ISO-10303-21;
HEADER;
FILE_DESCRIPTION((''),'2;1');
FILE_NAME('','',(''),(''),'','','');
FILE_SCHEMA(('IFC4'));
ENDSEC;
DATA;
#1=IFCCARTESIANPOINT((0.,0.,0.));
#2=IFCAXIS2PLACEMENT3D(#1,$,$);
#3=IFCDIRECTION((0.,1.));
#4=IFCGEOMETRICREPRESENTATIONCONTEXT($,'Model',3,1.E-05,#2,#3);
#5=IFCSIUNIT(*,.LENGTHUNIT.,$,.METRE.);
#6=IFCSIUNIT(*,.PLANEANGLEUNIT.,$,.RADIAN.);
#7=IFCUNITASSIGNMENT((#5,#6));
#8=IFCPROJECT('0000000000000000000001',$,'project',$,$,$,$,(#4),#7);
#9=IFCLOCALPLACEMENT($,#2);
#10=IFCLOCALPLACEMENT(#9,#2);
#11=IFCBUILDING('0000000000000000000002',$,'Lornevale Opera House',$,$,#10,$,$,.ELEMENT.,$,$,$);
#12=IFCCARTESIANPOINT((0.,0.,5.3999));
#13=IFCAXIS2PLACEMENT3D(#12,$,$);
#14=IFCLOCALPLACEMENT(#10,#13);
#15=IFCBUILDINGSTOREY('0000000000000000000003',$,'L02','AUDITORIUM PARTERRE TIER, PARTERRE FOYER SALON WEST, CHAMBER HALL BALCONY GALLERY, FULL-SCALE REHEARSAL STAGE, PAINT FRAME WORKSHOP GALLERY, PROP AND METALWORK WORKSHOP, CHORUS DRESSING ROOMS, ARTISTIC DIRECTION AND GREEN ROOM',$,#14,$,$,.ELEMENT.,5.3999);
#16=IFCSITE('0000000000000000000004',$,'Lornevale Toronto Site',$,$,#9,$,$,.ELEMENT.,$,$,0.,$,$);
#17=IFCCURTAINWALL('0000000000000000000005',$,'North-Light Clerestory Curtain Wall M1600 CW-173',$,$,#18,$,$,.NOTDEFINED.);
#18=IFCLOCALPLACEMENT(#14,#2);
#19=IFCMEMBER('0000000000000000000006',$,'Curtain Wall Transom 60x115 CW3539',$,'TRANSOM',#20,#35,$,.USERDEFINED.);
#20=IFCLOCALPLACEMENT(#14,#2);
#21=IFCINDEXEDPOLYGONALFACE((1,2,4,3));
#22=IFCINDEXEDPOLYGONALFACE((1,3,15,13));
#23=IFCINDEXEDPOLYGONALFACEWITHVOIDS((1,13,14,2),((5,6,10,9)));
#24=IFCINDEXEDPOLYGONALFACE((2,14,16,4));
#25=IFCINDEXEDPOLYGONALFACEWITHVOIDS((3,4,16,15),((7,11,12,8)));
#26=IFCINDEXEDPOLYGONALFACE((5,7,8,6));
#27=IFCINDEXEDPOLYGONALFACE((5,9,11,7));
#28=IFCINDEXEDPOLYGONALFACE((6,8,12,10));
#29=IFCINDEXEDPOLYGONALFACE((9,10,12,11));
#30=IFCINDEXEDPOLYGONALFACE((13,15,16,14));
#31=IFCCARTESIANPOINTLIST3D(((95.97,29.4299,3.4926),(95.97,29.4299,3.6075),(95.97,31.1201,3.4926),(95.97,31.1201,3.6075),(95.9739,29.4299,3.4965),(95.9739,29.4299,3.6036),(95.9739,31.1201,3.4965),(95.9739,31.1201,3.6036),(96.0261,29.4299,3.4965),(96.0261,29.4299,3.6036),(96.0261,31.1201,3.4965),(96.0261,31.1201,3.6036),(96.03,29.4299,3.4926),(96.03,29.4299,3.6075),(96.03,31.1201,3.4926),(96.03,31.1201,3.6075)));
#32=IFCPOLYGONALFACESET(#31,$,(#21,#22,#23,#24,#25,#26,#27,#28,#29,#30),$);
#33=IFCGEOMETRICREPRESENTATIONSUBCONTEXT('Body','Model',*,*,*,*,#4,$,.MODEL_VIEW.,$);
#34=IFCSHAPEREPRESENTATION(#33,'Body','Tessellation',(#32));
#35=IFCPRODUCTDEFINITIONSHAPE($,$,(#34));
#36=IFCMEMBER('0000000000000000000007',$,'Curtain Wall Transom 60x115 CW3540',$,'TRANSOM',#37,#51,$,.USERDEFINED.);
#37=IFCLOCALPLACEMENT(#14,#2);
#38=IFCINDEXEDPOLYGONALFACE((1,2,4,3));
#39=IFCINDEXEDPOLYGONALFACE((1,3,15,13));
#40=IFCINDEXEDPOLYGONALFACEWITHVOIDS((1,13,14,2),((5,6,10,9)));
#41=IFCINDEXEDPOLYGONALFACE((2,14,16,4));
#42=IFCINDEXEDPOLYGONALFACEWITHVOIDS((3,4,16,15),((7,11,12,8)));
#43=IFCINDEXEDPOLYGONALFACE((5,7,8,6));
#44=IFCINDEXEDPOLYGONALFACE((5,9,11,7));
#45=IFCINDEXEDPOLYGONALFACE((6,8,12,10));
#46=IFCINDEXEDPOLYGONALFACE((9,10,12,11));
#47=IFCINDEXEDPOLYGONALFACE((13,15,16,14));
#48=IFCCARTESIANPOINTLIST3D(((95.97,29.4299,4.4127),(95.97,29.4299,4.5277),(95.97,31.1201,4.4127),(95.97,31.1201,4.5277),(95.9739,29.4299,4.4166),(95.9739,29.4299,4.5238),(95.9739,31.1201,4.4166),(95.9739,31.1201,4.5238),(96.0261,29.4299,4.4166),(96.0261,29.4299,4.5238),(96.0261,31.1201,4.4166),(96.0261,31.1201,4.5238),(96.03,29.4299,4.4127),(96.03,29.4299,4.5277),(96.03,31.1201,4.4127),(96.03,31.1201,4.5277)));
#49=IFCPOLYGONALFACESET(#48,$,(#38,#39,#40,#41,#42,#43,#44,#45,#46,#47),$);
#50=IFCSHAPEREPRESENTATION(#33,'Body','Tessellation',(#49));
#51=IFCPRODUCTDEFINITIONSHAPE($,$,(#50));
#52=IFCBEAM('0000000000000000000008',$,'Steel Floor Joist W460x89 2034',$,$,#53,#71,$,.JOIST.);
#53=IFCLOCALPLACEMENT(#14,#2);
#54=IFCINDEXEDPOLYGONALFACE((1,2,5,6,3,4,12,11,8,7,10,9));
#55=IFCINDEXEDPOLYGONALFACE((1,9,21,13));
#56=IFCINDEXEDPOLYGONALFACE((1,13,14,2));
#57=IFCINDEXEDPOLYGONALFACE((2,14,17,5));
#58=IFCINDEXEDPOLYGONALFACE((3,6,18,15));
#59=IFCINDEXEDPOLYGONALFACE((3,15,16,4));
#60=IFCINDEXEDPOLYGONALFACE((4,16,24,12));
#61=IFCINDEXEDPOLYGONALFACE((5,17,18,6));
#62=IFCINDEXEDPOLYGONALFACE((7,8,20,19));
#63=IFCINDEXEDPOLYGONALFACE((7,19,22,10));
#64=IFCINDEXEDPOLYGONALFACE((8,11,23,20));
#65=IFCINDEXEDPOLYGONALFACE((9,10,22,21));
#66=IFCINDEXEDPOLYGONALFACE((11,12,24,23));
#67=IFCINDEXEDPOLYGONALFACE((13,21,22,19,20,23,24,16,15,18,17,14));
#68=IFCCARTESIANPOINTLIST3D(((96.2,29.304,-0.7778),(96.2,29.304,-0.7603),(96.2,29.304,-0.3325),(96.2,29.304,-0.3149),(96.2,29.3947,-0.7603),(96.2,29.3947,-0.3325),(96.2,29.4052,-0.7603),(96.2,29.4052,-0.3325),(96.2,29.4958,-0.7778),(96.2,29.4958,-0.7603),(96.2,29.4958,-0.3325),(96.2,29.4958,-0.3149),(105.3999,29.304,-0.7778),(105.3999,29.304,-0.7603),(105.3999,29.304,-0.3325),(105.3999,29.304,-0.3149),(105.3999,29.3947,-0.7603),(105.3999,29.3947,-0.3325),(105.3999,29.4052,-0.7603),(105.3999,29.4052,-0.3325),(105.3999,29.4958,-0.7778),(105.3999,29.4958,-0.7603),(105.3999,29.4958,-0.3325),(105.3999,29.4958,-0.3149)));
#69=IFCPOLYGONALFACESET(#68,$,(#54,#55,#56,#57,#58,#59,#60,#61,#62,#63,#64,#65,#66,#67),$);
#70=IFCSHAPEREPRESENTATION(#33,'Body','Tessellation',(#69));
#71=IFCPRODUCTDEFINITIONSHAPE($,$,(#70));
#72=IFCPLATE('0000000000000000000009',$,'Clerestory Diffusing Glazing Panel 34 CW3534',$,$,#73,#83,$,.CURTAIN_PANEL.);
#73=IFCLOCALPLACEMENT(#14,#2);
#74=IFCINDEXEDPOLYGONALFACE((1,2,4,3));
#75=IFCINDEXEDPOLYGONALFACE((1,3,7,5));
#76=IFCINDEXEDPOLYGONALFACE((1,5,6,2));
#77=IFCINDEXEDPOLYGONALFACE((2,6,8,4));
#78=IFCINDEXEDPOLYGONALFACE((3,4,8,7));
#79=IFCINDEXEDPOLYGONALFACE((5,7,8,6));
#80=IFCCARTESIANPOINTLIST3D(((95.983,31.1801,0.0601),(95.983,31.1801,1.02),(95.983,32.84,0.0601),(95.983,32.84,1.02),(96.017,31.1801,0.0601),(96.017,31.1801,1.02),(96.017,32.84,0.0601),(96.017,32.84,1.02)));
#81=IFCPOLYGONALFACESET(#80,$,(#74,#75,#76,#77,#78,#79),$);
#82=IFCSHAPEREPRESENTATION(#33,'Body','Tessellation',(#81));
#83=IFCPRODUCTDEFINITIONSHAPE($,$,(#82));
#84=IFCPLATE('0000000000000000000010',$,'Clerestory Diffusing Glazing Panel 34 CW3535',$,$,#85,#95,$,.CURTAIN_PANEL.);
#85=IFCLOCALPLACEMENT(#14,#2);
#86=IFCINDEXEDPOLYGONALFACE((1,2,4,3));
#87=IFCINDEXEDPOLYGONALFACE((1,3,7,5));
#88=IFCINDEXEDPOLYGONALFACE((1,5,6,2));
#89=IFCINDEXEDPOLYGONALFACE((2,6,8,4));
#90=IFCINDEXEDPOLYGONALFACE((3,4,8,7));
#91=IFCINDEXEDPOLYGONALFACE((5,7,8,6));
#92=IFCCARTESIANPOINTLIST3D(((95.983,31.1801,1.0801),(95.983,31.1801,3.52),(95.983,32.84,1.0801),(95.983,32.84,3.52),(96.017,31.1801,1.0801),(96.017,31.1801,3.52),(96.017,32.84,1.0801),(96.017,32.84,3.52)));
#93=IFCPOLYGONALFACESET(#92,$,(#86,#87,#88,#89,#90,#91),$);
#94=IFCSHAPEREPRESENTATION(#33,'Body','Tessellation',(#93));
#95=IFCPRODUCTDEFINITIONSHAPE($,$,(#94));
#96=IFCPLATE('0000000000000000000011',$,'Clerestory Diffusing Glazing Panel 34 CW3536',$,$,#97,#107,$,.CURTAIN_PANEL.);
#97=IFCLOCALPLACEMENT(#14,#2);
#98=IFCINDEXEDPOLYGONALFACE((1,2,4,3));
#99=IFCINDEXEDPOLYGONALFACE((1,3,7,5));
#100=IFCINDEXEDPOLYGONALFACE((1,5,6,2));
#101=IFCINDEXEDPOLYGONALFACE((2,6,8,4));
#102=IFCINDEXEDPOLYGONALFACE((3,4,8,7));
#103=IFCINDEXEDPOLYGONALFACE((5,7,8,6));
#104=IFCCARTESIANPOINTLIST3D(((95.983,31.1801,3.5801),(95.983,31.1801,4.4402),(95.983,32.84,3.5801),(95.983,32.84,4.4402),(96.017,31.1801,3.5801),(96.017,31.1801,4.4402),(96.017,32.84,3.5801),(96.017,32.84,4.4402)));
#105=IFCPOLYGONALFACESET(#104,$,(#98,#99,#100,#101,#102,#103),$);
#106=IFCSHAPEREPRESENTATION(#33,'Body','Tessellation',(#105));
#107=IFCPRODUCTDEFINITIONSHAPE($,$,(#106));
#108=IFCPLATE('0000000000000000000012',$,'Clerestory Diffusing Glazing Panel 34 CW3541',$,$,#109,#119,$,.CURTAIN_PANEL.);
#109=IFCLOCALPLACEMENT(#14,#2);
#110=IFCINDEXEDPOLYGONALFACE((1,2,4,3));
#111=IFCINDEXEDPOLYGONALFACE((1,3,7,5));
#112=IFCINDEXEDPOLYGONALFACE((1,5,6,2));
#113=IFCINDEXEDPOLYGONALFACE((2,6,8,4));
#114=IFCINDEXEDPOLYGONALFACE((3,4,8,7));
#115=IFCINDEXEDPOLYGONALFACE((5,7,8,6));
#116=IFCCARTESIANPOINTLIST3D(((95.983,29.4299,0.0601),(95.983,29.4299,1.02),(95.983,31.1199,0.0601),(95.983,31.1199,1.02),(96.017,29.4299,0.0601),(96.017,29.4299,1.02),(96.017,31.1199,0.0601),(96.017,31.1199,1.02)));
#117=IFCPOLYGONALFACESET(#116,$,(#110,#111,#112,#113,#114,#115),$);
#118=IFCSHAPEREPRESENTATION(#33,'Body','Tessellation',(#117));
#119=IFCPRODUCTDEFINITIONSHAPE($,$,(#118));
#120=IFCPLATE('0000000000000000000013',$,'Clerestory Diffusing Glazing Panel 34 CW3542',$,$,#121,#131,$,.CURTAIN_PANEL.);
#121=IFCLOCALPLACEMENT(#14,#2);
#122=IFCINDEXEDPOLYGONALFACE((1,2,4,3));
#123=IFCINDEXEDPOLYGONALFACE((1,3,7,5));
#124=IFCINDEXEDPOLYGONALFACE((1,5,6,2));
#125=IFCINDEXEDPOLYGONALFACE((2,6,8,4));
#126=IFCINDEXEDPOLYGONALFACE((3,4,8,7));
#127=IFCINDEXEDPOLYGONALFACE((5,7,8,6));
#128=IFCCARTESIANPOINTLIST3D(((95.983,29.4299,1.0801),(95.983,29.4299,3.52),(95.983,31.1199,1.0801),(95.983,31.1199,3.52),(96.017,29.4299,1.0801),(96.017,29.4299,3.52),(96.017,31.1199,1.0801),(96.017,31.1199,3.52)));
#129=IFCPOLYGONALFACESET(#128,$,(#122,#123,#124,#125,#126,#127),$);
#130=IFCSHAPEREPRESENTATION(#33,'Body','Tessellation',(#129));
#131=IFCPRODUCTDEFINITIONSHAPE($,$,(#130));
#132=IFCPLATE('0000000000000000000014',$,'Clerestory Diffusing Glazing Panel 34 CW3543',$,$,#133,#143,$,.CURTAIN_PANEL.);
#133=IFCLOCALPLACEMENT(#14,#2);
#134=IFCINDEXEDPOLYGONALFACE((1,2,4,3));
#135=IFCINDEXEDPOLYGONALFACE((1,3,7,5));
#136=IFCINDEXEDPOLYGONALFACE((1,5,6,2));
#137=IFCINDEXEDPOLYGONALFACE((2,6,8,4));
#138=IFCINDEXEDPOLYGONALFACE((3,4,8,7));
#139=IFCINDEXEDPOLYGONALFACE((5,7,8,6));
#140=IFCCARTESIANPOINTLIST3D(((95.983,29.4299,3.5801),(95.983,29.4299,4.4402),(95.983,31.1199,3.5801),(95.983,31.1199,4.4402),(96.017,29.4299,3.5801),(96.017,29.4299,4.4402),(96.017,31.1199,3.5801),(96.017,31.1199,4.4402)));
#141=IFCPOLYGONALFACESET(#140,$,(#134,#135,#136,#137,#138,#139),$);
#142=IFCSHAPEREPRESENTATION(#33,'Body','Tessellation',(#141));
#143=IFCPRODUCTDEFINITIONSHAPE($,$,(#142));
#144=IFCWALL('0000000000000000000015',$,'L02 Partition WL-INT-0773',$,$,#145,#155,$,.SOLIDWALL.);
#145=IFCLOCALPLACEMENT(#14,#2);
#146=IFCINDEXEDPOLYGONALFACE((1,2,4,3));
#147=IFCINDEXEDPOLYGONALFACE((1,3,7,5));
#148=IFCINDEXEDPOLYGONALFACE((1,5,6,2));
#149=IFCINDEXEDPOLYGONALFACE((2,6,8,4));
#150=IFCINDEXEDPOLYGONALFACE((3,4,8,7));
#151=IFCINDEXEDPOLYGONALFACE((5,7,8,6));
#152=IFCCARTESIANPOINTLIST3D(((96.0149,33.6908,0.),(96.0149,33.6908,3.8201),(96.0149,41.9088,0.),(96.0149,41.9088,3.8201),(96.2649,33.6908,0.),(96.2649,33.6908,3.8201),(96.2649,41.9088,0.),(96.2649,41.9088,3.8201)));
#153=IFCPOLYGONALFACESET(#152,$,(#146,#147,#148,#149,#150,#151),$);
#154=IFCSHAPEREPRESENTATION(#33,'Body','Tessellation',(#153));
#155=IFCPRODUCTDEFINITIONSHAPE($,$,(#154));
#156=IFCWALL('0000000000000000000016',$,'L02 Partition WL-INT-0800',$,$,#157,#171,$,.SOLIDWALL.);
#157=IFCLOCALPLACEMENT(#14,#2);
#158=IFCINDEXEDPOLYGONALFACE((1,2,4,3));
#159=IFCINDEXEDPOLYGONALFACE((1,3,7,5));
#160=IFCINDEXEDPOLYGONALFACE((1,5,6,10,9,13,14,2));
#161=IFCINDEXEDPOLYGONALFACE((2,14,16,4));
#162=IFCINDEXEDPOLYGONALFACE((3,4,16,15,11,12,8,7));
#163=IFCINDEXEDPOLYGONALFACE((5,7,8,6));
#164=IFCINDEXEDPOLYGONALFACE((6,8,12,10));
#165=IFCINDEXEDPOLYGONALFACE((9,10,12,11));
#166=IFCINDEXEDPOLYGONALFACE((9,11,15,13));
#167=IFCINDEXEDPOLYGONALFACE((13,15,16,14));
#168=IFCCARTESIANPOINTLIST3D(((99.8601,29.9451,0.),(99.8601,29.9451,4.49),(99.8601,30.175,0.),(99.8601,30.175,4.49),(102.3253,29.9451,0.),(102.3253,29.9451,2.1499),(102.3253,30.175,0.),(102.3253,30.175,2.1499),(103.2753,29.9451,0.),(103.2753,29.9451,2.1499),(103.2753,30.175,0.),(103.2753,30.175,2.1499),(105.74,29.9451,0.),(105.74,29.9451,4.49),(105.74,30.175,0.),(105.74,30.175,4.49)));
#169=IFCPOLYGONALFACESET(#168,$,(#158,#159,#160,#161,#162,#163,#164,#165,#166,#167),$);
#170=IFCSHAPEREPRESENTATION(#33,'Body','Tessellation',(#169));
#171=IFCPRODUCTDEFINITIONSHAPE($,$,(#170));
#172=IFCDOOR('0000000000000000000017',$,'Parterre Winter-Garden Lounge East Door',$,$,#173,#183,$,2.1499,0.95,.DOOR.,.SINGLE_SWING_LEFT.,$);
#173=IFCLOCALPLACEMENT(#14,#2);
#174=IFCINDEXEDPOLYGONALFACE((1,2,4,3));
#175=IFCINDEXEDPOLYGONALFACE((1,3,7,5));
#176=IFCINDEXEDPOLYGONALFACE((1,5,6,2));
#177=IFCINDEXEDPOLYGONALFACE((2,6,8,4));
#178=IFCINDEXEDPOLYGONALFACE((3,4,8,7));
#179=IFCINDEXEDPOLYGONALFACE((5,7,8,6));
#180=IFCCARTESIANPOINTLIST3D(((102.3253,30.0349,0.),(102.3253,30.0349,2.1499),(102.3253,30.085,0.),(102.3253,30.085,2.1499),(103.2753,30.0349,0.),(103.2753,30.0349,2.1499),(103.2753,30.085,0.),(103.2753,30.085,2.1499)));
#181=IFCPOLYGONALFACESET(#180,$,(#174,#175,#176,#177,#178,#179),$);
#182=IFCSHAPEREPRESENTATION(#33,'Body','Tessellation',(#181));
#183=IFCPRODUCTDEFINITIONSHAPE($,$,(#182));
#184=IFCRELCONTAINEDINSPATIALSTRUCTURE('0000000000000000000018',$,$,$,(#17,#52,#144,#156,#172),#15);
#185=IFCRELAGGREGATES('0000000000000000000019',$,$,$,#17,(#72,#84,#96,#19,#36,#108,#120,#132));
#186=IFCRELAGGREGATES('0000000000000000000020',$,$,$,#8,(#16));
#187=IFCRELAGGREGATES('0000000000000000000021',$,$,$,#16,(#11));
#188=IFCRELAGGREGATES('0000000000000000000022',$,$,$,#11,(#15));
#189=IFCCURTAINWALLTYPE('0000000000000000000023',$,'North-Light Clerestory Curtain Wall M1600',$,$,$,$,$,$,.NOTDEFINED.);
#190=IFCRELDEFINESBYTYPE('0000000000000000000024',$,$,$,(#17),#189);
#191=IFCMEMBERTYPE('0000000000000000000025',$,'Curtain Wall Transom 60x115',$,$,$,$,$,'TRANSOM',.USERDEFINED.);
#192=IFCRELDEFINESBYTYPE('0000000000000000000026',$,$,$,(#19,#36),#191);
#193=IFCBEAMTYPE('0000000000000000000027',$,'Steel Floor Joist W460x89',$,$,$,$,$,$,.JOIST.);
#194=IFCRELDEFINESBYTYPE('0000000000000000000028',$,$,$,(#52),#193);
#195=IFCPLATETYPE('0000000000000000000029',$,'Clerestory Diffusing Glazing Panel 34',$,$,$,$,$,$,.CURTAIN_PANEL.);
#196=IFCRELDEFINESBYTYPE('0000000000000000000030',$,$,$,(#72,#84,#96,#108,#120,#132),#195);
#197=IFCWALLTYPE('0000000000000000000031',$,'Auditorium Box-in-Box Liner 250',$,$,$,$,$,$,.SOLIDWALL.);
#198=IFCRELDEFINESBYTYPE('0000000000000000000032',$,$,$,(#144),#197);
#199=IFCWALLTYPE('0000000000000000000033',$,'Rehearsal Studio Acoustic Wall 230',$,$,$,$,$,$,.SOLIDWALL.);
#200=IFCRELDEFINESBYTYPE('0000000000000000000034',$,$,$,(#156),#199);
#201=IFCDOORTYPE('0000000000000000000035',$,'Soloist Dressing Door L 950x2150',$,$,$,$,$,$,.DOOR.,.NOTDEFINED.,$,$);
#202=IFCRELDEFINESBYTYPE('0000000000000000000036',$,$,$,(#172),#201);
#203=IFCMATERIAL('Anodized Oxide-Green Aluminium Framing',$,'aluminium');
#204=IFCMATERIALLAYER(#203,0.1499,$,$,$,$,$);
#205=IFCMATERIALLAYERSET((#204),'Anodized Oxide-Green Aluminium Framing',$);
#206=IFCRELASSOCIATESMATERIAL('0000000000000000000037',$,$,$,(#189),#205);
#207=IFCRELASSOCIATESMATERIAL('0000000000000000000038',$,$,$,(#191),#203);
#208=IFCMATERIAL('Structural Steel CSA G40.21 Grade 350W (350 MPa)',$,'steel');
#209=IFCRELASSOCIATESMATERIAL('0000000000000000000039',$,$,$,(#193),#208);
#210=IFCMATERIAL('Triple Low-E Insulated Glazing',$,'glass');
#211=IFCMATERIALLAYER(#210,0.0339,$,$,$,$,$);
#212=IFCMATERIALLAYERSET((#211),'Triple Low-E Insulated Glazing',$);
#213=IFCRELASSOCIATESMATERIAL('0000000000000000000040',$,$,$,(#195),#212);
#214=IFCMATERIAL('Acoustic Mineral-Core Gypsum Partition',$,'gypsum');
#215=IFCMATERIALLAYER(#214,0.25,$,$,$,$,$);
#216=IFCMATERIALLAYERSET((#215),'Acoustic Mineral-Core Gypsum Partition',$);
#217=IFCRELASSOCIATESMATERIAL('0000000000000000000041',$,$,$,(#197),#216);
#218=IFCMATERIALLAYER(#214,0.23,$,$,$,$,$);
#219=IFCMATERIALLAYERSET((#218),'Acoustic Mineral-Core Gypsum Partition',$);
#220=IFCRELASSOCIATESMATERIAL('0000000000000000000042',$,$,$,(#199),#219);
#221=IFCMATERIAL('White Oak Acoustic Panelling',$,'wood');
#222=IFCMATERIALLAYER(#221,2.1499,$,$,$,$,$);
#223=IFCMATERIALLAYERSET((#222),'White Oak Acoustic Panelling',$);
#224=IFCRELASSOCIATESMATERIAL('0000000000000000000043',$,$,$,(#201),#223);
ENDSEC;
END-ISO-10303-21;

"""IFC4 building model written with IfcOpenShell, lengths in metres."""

from ifc_helpers import new_model, si_unit, direction, frame, frame_2d, origin, origin_2d, place, context, subcontext, project, spatial, rectangle, hollow_rectangle, i_section, extrude, material, layer, layer_set, material_profile, profile_set, type_object, element, fill, aggregate, save


model = new_model("IFC4")

# Units and contexts
model_context = context("Model", 3, precision=1e-05, world=origin(), true_north=direction((0.0, 1.0)))
body_context = subcontext(model_context, "Body", "Model", "MODEL_VIEW")
ifc_project = project(units=[si_unit("LENGTHUNIT", "METRE"), si_unit("PLANEANGLEUNIT", "RADIAN")], contexts=[model_context])

# Site, building, storey
site_placement = place(None, origin())
site = spatial("IfcSite", under=ifc_project, at=site_placement, Name="Lornevale Toronto Site", CompositionType="ELEMENT", RefElevation=0.0)
building_placement = place(site_placement, origin())
building = spatial("IfcBuilding", under=site, at=building_placement, Name="Lornevale Opera House", CompositionType="ELEMENT")
storey_placement = place(building_placement, frame((0.0, 0.0, 5.3999)))
storey = spatial("IfcBuildingStorey", under=building, at=storey_placement, Name="L02", Description="AUDITORIUM PARTERRE TIER, PARTERRE FOYER SALON WEST, CHAMBER HALL BALCONY GALLERY, FULL-SCALE REHEARSAL STAGE, PAINT FRAME WORKSHOP GALLERY, PROP AND METALWORK WORKSHOP, CHORUS DRESSING ROOMS, ARTISTIC DIRECTION AND GREEN ROOM", CompositionType="ELEMENT", Elevation=5.3999)

# Curtain wall, members
ifc_material_1 = material(Name="Anodized Oxide-Green Aluminium Framing", Category="aluminium")
ifc_layer_1 = layer(ifc_material_1, 0.1499)
ifc_layer_set_1 = layer_set([ifc_layer_1], Name="Anodized Oxide-Green Aluminium Framing")
curtain_wall_type = type_object("IfcCurtainWallType", Name="North-Light Clerestory Curtain Wall M1600", PredefinedType="NOTDEFINED", material=ifc_layer_set_1)
curtain_wall_placement = place(storey_placement, origin())
curtain_wall = element("IfcCurtainWall", 1, at=curtain_wall_placement, inside=storey, type_object=curtain_wall_type, Name="North-Light Clerestory Curtain Wall M1600 CW-173", PredefinedType="NOTDEFINED")
ifc_material_profile_1 = material_profile(ifc_material_1, hollow_rectangle(XDim=0.0601, YDim=0.115, WallThickness=0.0039, at=origin_2d()), Name="ALU60x115x4")
ifc_profile_set_1 = profile_set([ifc_material_profile_1], Name="Anodized Oxide-Green Aluminium Framing")
member_type_1 = type_object("IfcMemberType", Name="Curtain Wall Transom 60x115", ElementType="TRANSOM", PredefinedType="USERDEFINED", material=ifc_profile_set_1)
member_1_placement = place(storey_placement, frame((96.0, 31.1201, 3.55), z_axis=(0.0, -1.0, 0.0), x_axis=(1.0, 0.0, 0.0)))
member_1 = element("IfcMember", 2, at=member_1_placement, type_object=member_type_1, Name="Curtain Wall Transom 60x115 CW3539", ObjectType="TRANSOM", PredefinedType="USERDEFINED", context=body_context, shape_type="SweptSolid", body=[
    extrude(hollow_rectangle(XDim=0.0601, YDim=0.115, WallThickness=0.0039, at=origin_2d()), origin(), (0.0, 0.0, 1.0), 1.6902),
])
member_2_placement = place(storey_placement, frame((96.0, 31.1201, 4.4702), z_axis=(0.0, -1.0, 0.0), x_axis=(1.0, 0.0, 0.0)))
member_2 = element("IfcMember", 3, at=member_2_placement, type_object=member_type_1, Name="Curtain Wall Transom 60x115 CW3540", ObjectType="TRANSOM", PredefinedType="USERDEFINED", context=body_context, shape_type="SweptSolid", body=[
    extrude(hollow_rectangle(XDim=0.0601, YDim=0.115, WallThickness=0.0039, at=origin_2d()), origin(), (0.0, 0.0, 1.0), 1.6902),
])

# Beam
ifc_material_2 = material(Name="Structural Steel CSA G40.21 Grade 350W (350 MPa)", Category="steel")
ifc_material_profile_2 = material_profile(ifc_material_2, i_section(OverallWidth=0.1919, OverallDepth=0.4629, WebThickness=0.0105, FlangeThickness=0.0176, at=origin_2d()), Name="W460x89")
ifc_profile_set_2 = profile_set([ifc_material_profile_2], Name="Structural Steel CSA G40.21 Grade 350W (350 MPa)")
beam_type_1 = type_object("IfcBeamType", Name="Steel Floor Joist W460x89", PredefinedType="JOIST", material=ifc_profile_set_2)
beam_1_placement = place(storey_placement, frame((96.2, 29.3999, -0.5464), z_axis=(1.0, 0.0, 0.0), x_axis=(0.0, 1.0, 0.0)))
element("IfcBeam", 4, at=beam_1_placement, inside=storey, type_object=beam_type_1, Name="Steel Floor Joist W460x89 2034", PredefinedType="JOIST", context=body_context, shape_type="SweptSolid", body=[
    extrude(i_section(OverallWidth=0.1919, OverallDepth=0.4629, WebThickness=0.0105, FlangeThickness=0.0176, at=origin_2d()), origin(), (0.0, 0.0, 1.0), 9.2),
])

# Plates
ifc_material_3 = material(Name="Triple Low-E Insulated Glazing", Category="glass")
ifc_layer_2 = layer(ifc_material_3, 0.0339)
ifc_layer_set_2 = layer_set([ifc_layer_2], Name="Triple Low-E Insulated Glazing")
plate_type = type_object("IfcPlateType", Name="Clerestory Diffusing Glazing Panel 34", PredefinedType="CURTAIN_PANEL", material=ifc_layer_set_2)
plate_1_placement = place(storey_placement, frame((96.0, 32.01, 0.0601), z_axis=(0.0, 0.0, 1.0), x_axis=(0.0, -1.0, 0.0)))
plate_1 = element("IfcPlate", 5, at=plate_1_placement, type_object=plate_type, Name="Clerestory Diffusing Glazing Panel 34 CW3534", PredefinedType="CURTAIN_PANEL", context=body_context, shape_type="SweptSolid", body=[
    extrude(rectangle(XDim=1.6599, YDim=0.0339, at=origin_2d()), origin(), (0.0, 0.0, 1.0), 0.96),
])
plate_2_placement = place(storey_placement, frame((96.0, 32.01, 1.0801), z_axis=(0.0, 0.0, 1.0), x_axis=(0.0, -1.0, 0.0)))
plate_2 = element("IfcPlate", 6, at=plate_2_placement, type_object=plate_type, Name="Clerestory Diffusing Glazing Panel 34 CW3535", PredefinedType="CURTAIN_PANEL", context=body_context, shape_type="SweptSolid", body=[
    extrude(rectangle(XDim=1.6599, YDim=0.0339, at=origin_2d()), origin(), (0.0, 0.0, 1.0), 2.4399),
])
plate_3_placement = place(storey_placement, frame((96.0, 32.01, 3.5801), z_axis=(0.0, 0.0, 1.0), x_axis=(0.0, -1.0, 0.0)))
plate_3 = element("IfcPlate", 7, at=plate_3_placement, type_object=plate_type, Name="Clerestory Diffusing Glazing Panel 34 CW3536", PredefinedType="CURTAIN_PANEL", context=body_context, shape_type="SweptSolid", body=[
    extrude(rectangle(XDim=1.6599, YDim=0.0339, at=origin_2d()), origin(), (0.0, 0.0, 1.0), 0.8601),
])
plate_4_placement = place(storey_placement, frame((96.0, 30.2749, 0.0601), z_axis=(0.0, 0.0, 1.0), x_axis=(0.0, -1.0, 0.0)))
plate_4 = element("IfcPlate", 8, at=plate_4_placement, type_object=plate_type, Name="Clerestory Diffusing Glazing Panel 34 CW3541", PredefinedType="CURTAIN_PANEL", context=body_context, shape_type="SweptSolid", body=[
    extrude(rectangle(XDim=1.6899, YDim=0.0339, at=origin_2d()), origin(), (0.0, 0.0, 1.0), 0.96),
])
plate_5_placement = place(storey_placement, frame((96.0, 30.2749, 1.0801), z_axis=(0.0, 0.0, 1.0), x_axis=(0.0, -1.0, 0.0)))
plate_5 = element("IfcPlate", 9, at=plate_5_placement, type_object=plate_type, Name="Clerestory Diffusing Glazing Panel 34 CW3542", PredefinedType="CURTAIN_PANEL", context=body_context, shape_type="SweptSolid", body=[
    extrude(rectangle(XDim=1.6899, YDim=0.0339, at=origin_2d()), origin(), (0.0, 0.0, 1.0), 2.4399),
])
plate_6_placement = place(storey_placement, frame((96.0, 30.2749, 3.5801), z_axis=(0.0, 0.0, 1.0), x_axis=(0.0, -1.0, 0.0)))
plate_6 = element("IfcPlate", 10, at=plate_6_placement, type_object=plate_type, Name="Clerestory Diffusing Glazing Panel 34 CW3543", PredefinedType="CURTAIN_PANEL", context=body_context, shape_type="SweptSolid", body=[
    extrude(rectangle(XDim=1.6899, YDim=0.0339, at=origin_2d()), origin(), (0.0, 0.0, 1.0), 0.8601),
])
aggregate(curtain_wall, [plate_1, plate_2, plate_3, member_1, member_2, plate_4, plate_5, plate_6])

# Wall
ifc_material_4 = material(Name="Acoustic Mineral-Core Gypsum Partition", Category="gypsum")
ifc_layer_3 = layer(ifc_material_4, 0.25)
ifc_layer_set_3 = layer_set([ifc_layer_3], Name="Acoustic Mineral-Core Gypsum Partition")
wall_type_1 = type_object("IfcWallType", Name="Auditorium Box-in-Box Liner 250", PredefinedType="SOLIDWALL", material=ifc_layer_set_3)
wall_1_placement = place(storey_placement, frame((96.1399, 33.6909, 0.0), z_axis=(0.0, 0.0, 1.0), x_axis=(0.0, 1.0, 0.0)))
element("IfcWall", 11, at=wall_1_placement, inside=storey, type_object=wall_type_1, Name="L02 Partition WL-INT-0773", PredefinedType="SOLIDWALL", context=body_context, shape_type="SweptSolid", body=[
    extrude(rectangle(XDim=8.218, YDim=0.25, at=frame_2d((4.1089, 0.0))), origin(), (0.0, 0.0, 1.0), 3.8201),
])

# Wall, opening, door
ifc_layer_4 = layer(ifc_material_4, 0.23)
ifc_layer_set_4 = layer_set([ifc_layer_4], Name="Acoustic Mineral-Core Gypsum Partition")
wall_type_2 = type_object("IfcWallType", Name="Rehearsal Studio Acoustic Wall 230", PredefinedType="SOLIDWALL", material=ifc_layer_set_4)
wall_2_placement = place(storey_placement, frame((99.8601, 30.0601, 0.0), z_axis=(0.0, 0.0, 1.0), x_axis=(1.0, 0.0, 0.0)))
wall_2 = element("IfcWall", 12, at=wall_2_placement, inside=storey, type_object=wall_type_2, Name="L02 Partition WL-INT-0800", PredefinedType="SOLIDWALL", context=body_context, shape_type="SweptSolid", body=[
    extrude(rectangle(XDim=5.8799, YDim=0.23, at=frame_2d((2.9399, 0.0))), origin(), (0.0, 0.0, 1.0), 4.49),
])
opening_placement = place(wall_2_placement, frame((2.4651, 0.0, 0.0)))
opening = element("IfcOpeningElement", 13, at=opening_placement, cuts=wall_2, PredefinedType="OPENING", context=body_context, shape_type="SweptSolid", body=[
    extrude(rectangle(XDim=0.95, YDim=2.1499, at=frame_2d((0.4751, 1.075))), frame((0.0, 0.125, 0.0), z_axis=(0.0, -1.0, 0.0), x_axis=(1.0, 0.0, 0.0)), (0.0, 0.0, 1.0), 0.25),
])
ifc_material_5 = material(Name="White Oak Acoustic Panelling", Category="wood")
ifc_layer_5 = layer(ifc_material_5, 2.1499)
ifc_layer_set_5 = layer_set([ifc_layer_5], Name="White Oak Acoustic Panelling")
door_type = type_object("IfcDoorType", Name="Soloist Dressing Door L 950x2150", OperationType="NOTDEFINED", PredefinedType="DOOR", material=ifc_layer_set_5)
door_placement = place(opening_placement, origin())
door = element("IfcDoor", 14, at=door_placement, inside=storey, type_object=door_type, Name="Parterre Winter-Garden Lounge East Door", OperationType="SINGLE_SWING_LEFT", OverallHeight=2.1499, OverallWidth=0.95, PredefinedType="DOOR", context=body_context, shape_type="SweptSolid", body=[
    extrude(rectangle(XDim=0.95, YDim=2.1499, at=frame_2d((0.4751, 1.075))), frame((0.0, 0.0249, 0.0), z_axis=(0.0, -1.0, 0.0), x_axis=(1.0, 0.0, 0.0)), (0.0, 0.0, 1.0), 0.05),
])
fill(opening, door)

save(model, "model.ifc")
